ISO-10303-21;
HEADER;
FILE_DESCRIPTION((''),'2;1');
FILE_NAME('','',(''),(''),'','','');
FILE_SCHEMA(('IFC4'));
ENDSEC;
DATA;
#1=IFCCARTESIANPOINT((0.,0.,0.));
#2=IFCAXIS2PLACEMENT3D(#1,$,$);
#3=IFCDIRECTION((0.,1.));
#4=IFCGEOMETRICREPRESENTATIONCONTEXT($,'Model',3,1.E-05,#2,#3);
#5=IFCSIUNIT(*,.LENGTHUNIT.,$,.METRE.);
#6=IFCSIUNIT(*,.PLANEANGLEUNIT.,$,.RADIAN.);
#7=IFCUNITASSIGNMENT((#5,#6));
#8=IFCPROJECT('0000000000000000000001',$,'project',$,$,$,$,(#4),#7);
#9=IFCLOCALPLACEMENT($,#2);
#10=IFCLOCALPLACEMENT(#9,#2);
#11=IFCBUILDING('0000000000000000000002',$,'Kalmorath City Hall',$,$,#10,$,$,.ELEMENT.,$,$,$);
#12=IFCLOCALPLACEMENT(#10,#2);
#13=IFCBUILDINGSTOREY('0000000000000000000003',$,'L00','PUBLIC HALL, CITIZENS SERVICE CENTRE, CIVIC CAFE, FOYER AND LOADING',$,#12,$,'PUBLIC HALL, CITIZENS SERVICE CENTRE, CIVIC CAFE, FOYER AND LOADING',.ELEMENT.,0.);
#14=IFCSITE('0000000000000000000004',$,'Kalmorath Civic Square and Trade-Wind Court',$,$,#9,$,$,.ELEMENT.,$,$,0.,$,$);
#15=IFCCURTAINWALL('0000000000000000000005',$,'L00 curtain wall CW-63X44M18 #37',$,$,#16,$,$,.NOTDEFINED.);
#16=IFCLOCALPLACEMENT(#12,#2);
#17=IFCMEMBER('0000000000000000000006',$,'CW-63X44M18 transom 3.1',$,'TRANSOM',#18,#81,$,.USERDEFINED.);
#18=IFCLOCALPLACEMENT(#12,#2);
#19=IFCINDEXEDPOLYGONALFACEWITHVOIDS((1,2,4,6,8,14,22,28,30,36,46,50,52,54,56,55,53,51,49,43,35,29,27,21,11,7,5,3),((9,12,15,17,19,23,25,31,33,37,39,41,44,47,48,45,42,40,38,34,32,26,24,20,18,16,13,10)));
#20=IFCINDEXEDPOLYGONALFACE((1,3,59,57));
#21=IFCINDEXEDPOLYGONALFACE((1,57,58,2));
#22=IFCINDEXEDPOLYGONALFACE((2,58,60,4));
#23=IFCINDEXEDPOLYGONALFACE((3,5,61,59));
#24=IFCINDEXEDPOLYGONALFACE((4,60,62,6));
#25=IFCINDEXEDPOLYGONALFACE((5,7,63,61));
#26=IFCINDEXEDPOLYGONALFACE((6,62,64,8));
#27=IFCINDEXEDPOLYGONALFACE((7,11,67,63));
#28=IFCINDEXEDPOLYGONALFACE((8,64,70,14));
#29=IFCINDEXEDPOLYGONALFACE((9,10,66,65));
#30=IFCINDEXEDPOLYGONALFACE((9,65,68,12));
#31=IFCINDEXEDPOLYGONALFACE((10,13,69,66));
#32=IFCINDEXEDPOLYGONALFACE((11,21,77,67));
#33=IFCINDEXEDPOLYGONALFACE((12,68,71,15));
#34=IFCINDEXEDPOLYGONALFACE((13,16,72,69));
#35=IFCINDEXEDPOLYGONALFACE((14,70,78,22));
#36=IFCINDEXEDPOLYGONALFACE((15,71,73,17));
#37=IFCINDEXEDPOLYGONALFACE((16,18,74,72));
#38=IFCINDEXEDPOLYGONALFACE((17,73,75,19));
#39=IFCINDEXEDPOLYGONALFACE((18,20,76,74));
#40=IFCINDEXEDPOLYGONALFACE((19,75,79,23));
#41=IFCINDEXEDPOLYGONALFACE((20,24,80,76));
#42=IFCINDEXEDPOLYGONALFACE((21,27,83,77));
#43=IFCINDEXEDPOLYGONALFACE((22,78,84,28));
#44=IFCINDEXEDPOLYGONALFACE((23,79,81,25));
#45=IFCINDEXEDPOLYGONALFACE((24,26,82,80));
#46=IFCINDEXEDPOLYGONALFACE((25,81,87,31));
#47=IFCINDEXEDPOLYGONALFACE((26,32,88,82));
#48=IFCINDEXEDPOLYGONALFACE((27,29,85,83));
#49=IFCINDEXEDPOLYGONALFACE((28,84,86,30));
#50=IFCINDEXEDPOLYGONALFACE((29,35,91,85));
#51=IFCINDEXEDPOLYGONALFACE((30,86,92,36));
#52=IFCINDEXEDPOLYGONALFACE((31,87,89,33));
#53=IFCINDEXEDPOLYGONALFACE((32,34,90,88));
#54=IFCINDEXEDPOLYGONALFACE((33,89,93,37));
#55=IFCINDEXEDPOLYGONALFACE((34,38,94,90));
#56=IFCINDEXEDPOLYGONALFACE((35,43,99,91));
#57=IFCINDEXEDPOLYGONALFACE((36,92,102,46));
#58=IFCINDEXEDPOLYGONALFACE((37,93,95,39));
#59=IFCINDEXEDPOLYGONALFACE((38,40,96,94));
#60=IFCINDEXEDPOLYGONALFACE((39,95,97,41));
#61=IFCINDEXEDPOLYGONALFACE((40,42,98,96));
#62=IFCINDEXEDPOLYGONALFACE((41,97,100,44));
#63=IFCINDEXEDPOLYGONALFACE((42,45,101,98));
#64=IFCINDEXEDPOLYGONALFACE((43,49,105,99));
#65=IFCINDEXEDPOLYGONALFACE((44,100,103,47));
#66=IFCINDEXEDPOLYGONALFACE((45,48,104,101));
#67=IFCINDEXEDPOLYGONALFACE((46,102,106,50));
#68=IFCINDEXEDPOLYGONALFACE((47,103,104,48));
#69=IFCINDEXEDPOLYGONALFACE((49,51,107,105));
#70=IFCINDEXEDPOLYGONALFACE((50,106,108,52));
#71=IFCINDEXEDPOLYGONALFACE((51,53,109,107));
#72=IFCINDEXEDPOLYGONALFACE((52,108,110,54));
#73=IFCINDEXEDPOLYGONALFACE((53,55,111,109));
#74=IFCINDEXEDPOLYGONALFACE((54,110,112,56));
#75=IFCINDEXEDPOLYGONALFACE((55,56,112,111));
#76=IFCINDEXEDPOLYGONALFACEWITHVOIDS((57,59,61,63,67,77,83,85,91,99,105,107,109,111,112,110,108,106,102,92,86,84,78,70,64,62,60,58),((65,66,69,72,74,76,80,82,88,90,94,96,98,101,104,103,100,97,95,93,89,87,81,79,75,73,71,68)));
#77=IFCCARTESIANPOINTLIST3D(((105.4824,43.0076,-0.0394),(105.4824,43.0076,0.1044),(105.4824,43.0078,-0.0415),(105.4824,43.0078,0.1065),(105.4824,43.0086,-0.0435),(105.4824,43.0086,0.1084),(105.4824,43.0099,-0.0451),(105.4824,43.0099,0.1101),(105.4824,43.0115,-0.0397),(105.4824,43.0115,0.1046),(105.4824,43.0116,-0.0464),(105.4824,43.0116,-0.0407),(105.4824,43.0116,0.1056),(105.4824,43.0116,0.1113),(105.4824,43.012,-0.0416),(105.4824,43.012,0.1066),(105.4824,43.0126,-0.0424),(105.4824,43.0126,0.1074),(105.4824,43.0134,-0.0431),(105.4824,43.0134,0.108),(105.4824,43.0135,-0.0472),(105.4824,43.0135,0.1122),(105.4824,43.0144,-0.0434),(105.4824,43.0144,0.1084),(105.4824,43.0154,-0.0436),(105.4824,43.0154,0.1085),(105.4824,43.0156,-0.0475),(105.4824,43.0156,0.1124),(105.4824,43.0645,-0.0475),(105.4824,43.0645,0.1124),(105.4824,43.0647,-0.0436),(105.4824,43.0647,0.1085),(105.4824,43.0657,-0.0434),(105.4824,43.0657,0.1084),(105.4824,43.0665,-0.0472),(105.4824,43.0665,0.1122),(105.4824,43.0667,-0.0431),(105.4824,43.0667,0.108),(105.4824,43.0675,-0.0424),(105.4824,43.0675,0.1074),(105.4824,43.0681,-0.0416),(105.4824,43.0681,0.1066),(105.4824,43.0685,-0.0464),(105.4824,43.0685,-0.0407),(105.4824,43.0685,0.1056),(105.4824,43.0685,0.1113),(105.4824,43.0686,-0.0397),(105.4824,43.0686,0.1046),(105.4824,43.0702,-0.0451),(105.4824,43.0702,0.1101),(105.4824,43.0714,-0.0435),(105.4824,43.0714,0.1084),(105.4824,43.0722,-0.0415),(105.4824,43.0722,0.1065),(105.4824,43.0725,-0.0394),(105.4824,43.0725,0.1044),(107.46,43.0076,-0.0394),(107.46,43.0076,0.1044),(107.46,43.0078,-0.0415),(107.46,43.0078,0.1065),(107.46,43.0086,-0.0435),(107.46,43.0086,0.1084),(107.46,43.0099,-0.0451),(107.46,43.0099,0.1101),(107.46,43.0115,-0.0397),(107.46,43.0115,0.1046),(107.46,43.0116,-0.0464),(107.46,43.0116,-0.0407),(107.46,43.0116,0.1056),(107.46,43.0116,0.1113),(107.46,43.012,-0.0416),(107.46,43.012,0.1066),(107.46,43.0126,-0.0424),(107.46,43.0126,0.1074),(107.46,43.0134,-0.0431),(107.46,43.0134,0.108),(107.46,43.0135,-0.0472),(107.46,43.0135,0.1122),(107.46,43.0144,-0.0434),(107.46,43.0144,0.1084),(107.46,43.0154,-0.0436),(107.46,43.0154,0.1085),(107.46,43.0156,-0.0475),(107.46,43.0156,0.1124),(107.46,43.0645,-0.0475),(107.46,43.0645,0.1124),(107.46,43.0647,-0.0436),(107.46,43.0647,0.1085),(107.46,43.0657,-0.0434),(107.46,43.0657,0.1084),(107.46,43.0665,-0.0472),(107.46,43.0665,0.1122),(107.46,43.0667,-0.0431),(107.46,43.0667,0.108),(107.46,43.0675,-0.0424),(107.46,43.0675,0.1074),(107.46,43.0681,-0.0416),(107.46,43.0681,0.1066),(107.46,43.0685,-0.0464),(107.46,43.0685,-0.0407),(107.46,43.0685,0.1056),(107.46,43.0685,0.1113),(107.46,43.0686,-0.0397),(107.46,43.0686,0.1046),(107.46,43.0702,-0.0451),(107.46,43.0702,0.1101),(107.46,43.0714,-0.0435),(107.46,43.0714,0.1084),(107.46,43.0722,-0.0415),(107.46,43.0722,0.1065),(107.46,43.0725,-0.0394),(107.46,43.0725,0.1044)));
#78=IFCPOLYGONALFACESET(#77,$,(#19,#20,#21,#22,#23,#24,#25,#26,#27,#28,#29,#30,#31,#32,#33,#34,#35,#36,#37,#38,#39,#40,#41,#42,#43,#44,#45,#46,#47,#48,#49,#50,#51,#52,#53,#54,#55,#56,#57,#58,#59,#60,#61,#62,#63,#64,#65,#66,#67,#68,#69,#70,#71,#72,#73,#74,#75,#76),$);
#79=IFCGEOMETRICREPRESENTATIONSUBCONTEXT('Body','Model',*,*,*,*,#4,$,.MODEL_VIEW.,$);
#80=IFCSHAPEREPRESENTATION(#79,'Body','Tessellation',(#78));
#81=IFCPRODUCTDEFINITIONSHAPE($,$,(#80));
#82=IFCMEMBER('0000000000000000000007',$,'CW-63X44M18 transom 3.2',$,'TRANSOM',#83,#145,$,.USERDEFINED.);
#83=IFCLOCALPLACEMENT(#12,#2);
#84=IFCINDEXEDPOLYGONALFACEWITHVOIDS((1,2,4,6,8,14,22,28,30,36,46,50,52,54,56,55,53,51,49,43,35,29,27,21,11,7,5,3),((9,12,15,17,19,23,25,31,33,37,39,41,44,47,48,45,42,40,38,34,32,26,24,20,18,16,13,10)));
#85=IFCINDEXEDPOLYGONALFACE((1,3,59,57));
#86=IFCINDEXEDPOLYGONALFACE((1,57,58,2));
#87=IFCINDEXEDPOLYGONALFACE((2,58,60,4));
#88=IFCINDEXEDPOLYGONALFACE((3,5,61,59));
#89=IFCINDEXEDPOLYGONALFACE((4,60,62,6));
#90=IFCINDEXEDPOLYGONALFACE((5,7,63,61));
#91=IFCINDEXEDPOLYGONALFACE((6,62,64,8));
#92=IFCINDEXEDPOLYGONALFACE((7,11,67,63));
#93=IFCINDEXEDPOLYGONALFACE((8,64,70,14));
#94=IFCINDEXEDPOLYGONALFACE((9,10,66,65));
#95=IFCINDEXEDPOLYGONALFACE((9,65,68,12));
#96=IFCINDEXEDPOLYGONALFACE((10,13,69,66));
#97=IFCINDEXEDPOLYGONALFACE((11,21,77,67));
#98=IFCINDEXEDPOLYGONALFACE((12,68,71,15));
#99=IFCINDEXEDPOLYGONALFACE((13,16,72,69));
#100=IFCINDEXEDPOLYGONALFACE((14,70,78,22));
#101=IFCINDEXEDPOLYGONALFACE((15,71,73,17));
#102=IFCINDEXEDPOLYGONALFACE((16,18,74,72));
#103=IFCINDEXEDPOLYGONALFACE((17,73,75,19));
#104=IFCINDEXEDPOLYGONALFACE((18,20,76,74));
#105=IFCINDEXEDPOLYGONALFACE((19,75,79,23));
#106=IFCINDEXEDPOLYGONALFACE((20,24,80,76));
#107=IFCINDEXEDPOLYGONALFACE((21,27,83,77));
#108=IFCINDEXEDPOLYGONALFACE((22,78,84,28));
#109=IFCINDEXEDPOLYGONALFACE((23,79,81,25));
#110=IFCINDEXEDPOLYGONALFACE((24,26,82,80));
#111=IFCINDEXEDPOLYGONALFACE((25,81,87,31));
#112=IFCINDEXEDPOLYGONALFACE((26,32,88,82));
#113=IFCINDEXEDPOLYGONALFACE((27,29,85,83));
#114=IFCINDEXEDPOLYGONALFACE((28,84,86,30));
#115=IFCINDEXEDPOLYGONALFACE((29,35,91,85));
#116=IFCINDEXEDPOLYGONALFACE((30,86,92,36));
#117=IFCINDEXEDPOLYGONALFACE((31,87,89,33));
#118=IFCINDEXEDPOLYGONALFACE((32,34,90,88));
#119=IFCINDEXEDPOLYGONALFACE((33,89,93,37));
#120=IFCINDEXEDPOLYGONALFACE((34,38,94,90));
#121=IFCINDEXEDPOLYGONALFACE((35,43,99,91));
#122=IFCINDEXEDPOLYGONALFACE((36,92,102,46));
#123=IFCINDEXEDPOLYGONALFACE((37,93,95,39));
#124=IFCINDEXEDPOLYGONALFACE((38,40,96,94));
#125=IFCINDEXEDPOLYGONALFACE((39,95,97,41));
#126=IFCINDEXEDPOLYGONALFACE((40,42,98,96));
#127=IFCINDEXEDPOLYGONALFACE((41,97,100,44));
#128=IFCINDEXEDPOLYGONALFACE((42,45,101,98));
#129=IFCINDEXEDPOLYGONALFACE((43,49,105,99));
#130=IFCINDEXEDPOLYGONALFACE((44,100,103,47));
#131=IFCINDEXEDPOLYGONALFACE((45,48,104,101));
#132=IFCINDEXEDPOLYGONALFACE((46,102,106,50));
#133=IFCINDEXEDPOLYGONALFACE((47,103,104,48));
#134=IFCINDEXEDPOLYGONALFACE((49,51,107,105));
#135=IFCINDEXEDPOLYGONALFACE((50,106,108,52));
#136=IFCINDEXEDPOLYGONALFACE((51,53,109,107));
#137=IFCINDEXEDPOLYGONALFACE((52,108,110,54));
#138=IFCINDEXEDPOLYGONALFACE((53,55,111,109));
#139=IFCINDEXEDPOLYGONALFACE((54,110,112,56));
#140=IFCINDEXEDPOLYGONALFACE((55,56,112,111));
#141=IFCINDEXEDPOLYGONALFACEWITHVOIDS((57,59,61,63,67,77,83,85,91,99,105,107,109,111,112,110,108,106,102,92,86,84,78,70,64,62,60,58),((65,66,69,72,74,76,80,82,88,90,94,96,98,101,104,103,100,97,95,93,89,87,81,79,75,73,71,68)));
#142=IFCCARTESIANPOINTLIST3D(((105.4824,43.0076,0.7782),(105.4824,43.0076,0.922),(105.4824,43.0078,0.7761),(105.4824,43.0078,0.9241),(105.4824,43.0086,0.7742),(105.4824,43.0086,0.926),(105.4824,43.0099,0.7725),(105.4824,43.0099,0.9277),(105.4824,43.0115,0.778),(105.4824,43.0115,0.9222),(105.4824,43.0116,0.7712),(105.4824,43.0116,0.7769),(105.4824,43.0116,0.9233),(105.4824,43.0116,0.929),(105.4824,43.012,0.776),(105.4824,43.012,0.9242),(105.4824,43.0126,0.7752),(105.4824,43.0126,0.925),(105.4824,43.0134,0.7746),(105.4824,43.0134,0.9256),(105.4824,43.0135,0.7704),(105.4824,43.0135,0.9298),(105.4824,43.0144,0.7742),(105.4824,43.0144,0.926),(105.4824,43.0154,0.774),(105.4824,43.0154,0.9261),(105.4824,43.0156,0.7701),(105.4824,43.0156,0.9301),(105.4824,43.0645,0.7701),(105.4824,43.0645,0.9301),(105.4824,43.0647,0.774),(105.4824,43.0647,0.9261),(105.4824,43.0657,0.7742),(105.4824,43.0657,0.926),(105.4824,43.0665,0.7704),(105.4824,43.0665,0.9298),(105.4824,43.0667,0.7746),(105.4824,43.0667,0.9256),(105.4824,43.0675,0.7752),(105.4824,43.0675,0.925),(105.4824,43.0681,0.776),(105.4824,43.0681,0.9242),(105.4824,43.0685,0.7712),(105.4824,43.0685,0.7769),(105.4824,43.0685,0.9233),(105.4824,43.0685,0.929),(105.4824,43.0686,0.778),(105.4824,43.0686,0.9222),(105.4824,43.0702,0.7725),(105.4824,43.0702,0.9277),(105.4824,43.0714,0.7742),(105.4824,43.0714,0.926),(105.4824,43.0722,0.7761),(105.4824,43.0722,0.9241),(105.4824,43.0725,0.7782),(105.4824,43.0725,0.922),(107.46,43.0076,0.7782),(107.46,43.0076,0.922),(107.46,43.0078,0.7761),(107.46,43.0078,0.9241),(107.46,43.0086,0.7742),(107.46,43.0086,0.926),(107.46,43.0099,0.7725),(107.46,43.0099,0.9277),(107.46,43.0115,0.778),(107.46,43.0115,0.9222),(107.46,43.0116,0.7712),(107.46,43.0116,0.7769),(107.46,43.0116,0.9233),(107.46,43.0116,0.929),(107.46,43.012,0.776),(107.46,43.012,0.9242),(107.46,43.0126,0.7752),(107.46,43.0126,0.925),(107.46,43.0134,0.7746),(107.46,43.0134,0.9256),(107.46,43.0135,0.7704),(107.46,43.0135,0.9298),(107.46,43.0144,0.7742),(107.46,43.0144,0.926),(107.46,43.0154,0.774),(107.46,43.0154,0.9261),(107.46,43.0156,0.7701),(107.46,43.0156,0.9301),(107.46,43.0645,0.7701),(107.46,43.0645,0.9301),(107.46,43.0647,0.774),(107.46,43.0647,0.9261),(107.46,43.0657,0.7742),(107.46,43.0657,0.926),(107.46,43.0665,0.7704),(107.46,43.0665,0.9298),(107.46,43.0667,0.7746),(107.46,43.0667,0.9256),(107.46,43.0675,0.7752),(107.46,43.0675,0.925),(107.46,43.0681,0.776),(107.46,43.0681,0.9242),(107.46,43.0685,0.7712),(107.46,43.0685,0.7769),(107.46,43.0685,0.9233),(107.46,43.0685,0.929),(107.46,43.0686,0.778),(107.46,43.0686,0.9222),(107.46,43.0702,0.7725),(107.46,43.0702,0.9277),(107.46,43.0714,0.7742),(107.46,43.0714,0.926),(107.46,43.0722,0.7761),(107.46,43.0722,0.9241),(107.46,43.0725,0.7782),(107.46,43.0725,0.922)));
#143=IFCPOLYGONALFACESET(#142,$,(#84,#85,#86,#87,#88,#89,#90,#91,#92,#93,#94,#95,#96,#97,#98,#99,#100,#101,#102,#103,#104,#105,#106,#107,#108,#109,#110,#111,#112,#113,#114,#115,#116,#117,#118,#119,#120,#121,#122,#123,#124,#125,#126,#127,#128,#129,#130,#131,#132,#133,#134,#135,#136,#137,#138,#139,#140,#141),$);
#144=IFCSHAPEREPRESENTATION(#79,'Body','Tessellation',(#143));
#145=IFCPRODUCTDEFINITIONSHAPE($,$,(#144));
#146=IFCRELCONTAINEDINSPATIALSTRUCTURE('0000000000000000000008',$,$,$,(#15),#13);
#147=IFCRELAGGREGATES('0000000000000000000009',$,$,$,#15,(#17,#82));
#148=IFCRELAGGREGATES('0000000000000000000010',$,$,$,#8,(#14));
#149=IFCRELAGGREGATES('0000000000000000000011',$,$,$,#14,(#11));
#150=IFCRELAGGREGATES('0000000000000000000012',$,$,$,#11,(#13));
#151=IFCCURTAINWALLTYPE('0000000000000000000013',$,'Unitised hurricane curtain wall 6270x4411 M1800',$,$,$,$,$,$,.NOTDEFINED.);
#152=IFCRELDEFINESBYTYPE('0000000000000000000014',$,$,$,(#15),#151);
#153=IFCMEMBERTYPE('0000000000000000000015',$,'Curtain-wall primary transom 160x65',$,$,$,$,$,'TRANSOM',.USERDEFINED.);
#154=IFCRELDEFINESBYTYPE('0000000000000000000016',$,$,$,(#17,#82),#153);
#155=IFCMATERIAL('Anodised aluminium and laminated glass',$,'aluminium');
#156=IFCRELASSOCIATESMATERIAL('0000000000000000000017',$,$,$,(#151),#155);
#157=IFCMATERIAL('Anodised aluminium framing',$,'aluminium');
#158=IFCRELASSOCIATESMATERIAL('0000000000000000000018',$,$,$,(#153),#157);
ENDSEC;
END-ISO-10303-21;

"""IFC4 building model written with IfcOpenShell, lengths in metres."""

from ifc_helpers import new_model, si_unit, direction, frame, origin, origin_2d, place, context, subcontext, project, spatial, hollow_rectangle, extrude, material, material_profile, profile_set, type_object, element, aggregate, save


model = new_model("IFC4")

# Units and contexts
model_context = context("Model", 3, precision=1e-05, world=origin(), true_north=direction((0.0, 1.0)))
body_context = subcontext(model_context, "Body", "Model", "MODEL_VIEW")
ifc_project = project(units=[si_unit("LENGTHUNIT", "METRE"), si_unit("PLANEANGLEUNIT", "RADIAN")], contexts=[model_context])

# Site, building, storey
site_placement = place(None, origin())
site = spatial("IfcSite", under=ifc_project, at=site_placement, Name="Kalmorath Civic Square and Trade-Wind Court", CompositionType="ELEMENT", RefElevation=0.0)
building_placement = place(site_placement, origin())
building = spatial("IfcBuilding", under=site, at=building_placement, Name="Kalmorath City Hall", CompositionType="ELEMENT")
storey_placement = place(building_placement, origin())
storey = spatial("IfcBuildingStorey", under=building, at=storey_placement, Name="L00", Description="PUBLIC HALL, CITIZENS SERVICE CENTRE, CIVIC CAFE, FOYER AND LOADING", LongName="PUBLIC HALL, CITIZENS SERVICE CENTRE, CIVIC CAFE, FOYER AND LOADING", CompositionType="ELEMENT", Elevation=0.0)

# Curtain wall
ifc_material_1 = material(Name="Anodised aluminium and laminated glass", Category="aluminium")
curtain_wall_type_1 = type_object("IfcCurtainWallType", Name="Unitised hurricane curtain wall 6270x4411 M1800", PredefinedType="NOTDEFINED", material=ifc_material_1)
curtain_wall_1_placement = place(storey_placement, origin())
curtain_wall_1 = element("IfcCurtainWall", 1, at=curtain_wall_1_placement, inside=storey, type_object=curtain_wall_type_1, Name="L00 curtain wall CW-63X44M18 #37", PredefinedType="NOTDEFINED")

# Members
ifc_material_2 = material(Name="Anodised aluminium framing", Category="aluminium")
ifc_material_profile_1 = material_profile(ifc_material_2, hollow_rectangle(XDim=0.0649, YDim=0.1599, WallThickness=0.0039, InnerFilletRadius=0.0039, OuterFilletRadius=0.0081, at=origin_2d()), Name="ALU-TRN-160X65X4")
ifc_profile_set_1 = profile_set([ifc_material_profile_1], Name="Anodised aluminium framing")
member_type_1 = type_object("IfcMemberType", Name="Curtain-wall primary transom 160x65", ElementType="TRANSOM", PredefinedType="USERDEFINED", material=ifc_profile_set_1)
member_1_placement = place(storey_placement, frame((105.4824, 43.04, 0.0325), z_axis=(1.0, 0.0, 0.0), x_axis=(0.0, 1.0, 0.0)))
member_1 = element("IfcMember", 2, at=member_1_placement, type_object=member_type_1, Name="CW-63X44M18 transom 3.1", ObjectType="TRANSOM", PredefinedType="USERDEFINED", context=body_context, shape_type="SweptSolid", body=[
    extrude(hollow_rectangle(XDim=0.0649, YDim=0.1599, WallThickness=0.0039, InnerFilletRadius=0.0039, OuterFilletRadius=0.0081, at=origin_2d()), origin(), (0.0, 0.0, 1.0), 1.9775),
])
member_2_placement = place(storey_placement, frame((105.4824, 43.04, 0.8501), z_axis=(1.0, 0.0, 0.0), x_axis=(0.0, 1.0, 0.0)))
member_2 = element("IfcMember", 3, at=member_2_placement, type_object=member_type_1, Name="CW-63X44M18 transom 3.2", ObjectType="TRANSOM", PredefinedType="USERDEFINED", context=body_context, shape_type="SweptSolid", body=[
    extrude(hollow_rectangle(XDim=0.0649, YDim=0.1599, WallThickness=0.0039, InnerFilletRadius=0.0039, OuterFilletRadius=0.0081, at=origin_2d()), origin(), (0.0, 0.0, 1.0), 1.9775),
])

aggregate(curtain_wall_1, [member_1, member_2])

save(model, "model.ifc")
